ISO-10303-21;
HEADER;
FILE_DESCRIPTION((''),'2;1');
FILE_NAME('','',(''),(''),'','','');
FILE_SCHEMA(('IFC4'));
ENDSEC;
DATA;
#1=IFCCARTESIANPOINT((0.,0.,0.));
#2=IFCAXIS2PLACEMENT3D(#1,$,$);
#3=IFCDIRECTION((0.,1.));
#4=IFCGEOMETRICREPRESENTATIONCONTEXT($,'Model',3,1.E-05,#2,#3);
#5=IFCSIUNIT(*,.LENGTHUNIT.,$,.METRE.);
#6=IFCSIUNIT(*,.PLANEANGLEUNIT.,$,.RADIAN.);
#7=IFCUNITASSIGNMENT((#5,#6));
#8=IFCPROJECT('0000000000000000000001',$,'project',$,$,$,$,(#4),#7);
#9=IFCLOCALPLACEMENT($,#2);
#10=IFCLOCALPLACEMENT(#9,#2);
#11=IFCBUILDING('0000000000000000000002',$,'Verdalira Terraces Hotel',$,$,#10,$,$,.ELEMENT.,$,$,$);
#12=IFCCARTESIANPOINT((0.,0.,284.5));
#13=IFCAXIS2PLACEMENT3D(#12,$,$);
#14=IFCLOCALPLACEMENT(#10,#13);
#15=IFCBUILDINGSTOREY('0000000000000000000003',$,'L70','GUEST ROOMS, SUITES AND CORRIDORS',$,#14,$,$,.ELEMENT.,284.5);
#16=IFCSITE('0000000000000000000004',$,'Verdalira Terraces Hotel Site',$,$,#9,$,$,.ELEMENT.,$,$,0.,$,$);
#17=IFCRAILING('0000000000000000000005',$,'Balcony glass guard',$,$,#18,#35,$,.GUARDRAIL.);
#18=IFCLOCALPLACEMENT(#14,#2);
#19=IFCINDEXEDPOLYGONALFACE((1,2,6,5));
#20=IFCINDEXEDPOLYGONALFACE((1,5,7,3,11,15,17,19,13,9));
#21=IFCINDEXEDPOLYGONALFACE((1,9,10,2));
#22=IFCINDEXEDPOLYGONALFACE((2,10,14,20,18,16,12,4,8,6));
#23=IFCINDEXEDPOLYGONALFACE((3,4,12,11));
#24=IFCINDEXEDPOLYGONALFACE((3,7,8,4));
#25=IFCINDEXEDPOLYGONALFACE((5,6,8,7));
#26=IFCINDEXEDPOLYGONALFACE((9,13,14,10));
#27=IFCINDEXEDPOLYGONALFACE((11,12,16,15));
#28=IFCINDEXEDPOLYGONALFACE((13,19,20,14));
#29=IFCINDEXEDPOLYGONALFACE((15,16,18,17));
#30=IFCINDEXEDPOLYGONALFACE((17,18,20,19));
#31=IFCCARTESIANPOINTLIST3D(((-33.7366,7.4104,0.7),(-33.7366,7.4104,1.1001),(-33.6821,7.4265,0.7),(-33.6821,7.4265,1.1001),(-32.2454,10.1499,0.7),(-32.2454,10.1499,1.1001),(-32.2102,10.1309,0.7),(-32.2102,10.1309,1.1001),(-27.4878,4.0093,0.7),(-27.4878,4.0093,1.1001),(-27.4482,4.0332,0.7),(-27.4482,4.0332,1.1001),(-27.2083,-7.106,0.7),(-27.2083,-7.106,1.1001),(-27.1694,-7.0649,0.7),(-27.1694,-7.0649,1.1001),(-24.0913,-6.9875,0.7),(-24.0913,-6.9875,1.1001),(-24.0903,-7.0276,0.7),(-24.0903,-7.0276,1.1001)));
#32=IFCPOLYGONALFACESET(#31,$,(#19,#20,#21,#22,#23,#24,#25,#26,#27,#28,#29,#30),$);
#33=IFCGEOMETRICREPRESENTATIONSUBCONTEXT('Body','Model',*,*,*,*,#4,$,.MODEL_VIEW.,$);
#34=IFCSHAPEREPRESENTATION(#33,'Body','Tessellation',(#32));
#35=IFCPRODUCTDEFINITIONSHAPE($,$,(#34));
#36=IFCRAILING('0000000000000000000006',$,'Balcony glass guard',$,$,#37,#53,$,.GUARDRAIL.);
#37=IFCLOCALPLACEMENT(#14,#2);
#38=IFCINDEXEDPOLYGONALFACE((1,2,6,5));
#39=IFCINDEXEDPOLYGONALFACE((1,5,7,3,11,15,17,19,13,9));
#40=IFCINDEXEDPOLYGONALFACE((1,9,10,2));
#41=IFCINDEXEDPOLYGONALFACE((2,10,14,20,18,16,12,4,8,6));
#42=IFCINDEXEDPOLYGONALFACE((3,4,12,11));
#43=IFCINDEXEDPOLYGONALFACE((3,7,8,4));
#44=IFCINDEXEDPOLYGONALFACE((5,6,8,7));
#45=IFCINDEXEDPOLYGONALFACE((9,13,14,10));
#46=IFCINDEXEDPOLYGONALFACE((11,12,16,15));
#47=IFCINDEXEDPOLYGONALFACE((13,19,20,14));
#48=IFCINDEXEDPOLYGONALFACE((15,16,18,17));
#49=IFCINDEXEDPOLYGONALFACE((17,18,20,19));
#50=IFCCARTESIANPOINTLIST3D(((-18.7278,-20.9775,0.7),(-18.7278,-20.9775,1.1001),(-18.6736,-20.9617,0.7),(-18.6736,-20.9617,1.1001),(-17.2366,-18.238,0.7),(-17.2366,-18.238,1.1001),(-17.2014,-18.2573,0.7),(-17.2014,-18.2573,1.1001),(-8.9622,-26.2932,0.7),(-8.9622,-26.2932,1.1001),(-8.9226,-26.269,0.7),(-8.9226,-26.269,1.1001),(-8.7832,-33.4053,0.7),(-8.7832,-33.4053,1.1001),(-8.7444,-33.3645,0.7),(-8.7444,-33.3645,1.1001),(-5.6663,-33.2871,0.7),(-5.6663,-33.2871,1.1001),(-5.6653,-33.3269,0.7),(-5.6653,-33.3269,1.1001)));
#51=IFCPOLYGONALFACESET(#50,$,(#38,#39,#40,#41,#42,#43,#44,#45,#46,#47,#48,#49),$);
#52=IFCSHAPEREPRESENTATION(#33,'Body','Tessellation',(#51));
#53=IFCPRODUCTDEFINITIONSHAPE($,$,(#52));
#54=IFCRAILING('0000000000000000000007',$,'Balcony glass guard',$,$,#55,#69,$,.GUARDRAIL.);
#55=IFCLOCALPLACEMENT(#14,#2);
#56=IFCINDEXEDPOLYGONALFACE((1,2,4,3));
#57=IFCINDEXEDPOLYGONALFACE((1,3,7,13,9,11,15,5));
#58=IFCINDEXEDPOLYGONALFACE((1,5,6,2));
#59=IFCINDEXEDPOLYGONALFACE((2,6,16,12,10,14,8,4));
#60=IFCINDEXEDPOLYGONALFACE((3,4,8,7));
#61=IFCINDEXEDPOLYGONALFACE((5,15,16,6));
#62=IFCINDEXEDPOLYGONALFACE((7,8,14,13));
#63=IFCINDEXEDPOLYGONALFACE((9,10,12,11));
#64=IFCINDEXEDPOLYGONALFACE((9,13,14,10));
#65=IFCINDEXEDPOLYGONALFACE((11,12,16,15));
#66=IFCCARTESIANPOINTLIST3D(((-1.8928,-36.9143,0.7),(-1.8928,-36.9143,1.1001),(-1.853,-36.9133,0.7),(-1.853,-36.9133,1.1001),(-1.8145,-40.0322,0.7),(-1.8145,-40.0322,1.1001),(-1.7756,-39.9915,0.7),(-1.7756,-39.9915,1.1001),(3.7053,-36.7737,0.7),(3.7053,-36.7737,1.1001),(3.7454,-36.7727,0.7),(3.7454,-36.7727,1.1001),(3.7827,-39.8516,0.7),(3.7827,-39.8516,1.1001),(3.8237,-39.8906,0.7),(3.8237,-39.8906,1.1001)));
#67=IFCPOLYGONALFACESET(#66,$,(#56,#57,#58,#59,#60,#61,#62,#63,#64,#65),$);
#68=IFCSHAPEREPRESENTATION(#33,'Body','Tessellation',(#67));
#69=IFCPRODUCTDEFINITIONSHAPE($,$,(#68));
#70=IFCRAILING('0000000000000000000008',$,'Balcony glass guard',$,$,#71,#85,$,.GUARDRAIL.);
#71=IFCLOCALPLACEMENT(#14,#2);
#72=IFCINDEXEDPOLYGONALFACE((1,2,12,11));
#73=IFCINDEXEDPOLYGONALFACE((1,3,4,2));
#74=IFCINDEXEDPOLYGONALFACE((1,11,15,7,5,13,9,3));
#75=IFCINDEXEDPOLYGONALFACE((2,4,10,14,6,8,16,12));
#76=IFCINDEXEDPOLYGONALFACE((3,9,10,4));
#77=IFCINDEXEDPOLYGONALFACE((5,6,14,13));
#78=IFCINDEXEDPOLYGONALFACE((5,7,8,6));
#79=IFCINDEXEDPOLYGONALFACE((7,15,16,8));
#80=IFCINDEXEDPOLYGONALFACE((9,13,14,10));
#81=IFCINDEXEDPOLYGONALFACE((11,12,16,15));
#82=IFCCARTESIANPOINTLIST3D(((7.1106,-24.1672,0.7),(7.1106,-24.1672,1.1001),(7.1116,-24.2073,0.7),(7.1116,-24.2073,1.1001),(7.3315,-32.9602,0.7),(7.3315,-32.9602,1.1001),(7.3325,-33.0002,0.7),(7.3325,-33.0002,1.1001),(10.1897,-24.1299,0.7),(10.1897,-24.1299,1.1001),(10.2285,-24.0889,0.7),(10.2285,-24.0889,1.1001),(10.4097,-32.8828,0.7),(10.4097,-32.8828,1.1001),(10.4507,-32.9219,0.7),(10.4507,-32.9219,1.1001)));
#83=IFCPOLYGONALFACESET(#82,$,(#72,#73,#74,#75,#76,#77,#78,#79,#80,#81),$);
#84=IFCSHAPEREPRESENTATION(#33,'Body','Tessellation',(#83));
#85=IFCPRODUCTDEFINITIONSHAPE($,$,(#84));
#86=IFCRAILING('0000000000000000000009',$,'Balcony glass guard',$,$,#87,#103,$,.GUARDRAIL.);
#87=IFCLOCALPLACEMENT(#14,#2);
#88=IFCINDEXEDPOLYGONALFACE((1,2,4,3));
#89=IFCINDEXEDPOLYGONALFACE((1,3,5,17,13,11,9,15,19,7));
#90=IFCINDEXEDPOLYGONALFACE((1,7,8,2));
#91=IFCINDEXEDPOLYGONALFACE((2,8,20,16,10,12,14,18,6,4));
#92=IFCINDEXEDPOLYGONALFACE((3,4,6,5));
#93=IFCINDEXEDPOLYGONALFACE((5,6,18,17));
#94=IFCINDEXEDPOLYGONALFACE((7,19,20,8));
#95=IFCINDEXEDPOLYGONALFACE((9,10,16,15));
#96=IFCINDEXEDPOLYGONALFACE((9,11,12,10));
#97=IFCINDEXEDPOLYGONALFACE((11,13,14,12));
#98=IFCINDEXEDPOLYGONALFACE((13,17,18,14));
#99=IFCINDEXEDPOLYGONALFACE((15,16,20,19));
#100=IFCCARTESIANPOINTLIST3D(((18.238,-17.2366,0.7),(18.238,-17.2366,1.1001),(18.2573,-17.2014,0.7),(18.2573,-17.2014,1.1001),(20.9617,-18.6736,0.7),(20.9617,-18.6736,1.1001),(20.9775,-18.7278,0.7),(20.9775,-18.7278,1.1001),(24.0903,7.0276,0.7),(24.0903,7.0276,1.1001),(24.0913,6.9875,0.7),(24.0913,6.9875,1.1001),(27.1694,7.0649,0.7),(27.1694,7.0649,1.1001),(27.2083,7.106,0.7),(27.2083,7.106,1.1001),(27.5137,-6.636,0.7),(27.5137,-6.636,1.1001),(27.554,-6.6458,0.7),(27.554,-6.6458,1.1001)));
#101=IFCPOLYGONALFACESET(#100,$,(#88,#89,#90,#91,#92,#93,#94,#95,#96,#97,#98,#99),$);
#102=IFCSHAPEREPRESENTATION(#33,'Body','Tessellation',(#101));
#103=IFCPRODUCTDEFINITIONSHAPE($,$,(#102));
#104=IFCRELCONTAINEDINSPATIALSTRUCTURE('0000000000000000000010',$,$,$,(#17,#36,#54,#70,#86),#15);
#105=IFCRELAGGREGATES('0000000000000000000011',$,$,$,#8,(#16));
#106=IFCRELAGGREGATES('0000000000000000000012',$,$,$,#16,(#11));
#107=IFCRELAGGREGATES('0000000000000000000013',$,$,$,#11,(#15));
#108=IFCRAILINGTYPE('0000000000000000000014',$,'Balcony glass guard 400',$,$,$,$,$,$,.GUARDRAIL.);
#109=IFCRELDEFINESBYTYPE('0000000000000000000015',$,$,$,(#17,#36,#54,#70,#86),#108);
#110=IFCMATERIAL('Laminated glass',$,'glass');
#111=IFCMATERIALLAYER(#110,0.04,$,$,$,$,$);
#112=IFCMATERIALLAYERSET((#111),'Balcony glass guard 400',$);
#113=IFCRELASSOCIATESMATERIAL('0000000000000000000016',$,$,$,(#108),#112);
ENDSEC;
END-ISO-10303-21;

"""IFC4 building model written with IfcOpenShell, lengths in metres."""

from ifc_helpers import new_model, si_unit, direction, frame, origin, place, context, subcontext, project, spatial, polyline, outline, extrude, material, layer, layer_set, type_object, element, save


model = new_model("IFC4")

# Units and contexts
model_context = context("Model", 3, precision=1e-05, world=origin(), true_north=direction((0.0, 1.0)))
body_context = subcontext(model_context, "Body", "Model", "MODEL_VIEW")
ifc_project = project(units=[si_unit("LENGTHUNIT", "METRE"), si_unit("PLANEANGLEUNIT", "RADIAN")], contexts=[model_context])

# Site, building, storey
site_placement = place(None, origin())
site = spatial("IfcSite", under=ifc_project, at=site_placement, Name="Verdalira Terraces Hotel Site", CompositionType="ELEMENT", RefElevation=0.0)
building_placement = place(site_placement, origin())
building = spatial("IfcBuilding", under=site, at=building_placement, Name="Verdalira Terraces Hotel", CompositionType="ELEMENT")
storey_placement = place(building_placement, frame((0.0, 0.0, 284.5)))
storey = spatial("IfcBuildingStorey", under=building, at=storey_placement, Name="L70", Description="GUEST ROOMS, SUITES AND CORRIDORS", CompositionType="ELEMENT", Elevation=284.5)

# Railings
ifc_material_1 = material(Name="Laminated glass", Category="glass")
ifc_layer_1 = layer(ifc_material_1, 0.04)
ifc_layer_set_1 = layer_set([ifc_layer_1], Name="Balcony glass guard 400")
railing_type = type_object("IfcRailingType", Name="Balcony glass guard 400", PredefinedType="GUARDRAIL", material=ifc_layer_set_1)
railing_1_placement = place(storey_placement, frame((0.0, 0.0, 0.7)))
element("IfcRailing", 1, at=railing_1_placement, inside=storey, type_object=railing_type, Name="Balcony glass guard", PredefinedType="GUARDRAIL", context=body_context, shape_type="SweptSolid", body=[
    extrude(outline(polyline([(-33.6821, 7.4265), (-27.4482, 4.0332), (-27.1694, -7.0649), (-24.0913, -6.9875), (-24.0903, -7.0276), (-27.2083, -7.106), (-27.4878, 4.0093), (-33.7366, 7.4104), (-32.2454, 10.1499), (-32.2102, 10.1309), (-33.6821, 7.4265)])), origin(), (0.0, 0.0, 1.0), 0.4001),
])
railing_2_placement = place(storey_placement, frame((0.0, 0.0, 0.7)))
element("IfcRailing", 2, at=railing_2_placement, inside=storey, type_object=railing_type, Name="Balcony glass guard", PredefinedType="GUARDRAIL", context=body_context, shape_type="SweptSolid", body=[
    extrude(outline(polyline([(-18.6736, -20.9617), (-8.9226, -26.269), (-8.7444, -33.3645), (-5.6663, -33.2871), (-5.6653, -33.3269), (-8.7832, -33.4053), (-8.9622, -26.2932), (-18.7278, -20.9775), (-17.2366, -18.238), (-17.2014, -18.2573), (-18.6736, -20.9617)])), origin(), (0.0, 0.0, 1.0), 0.4001),
])
railing_3_placement = place(storey_placement, frame((0.0, 0.0, 0.7)))
element("IfcRailing", 3, at=railing_3_placement, inside=storey, type_object=railing_type, Name="Balcony glass guard", PredefinedType="GUARDRAIL", context=body_context, shape_type="SweptSolid", body=[
    extrude(outline(polyline([(-1.7756, -39.9915), (3.7827, -39.8516), (3.7053, -36.7737), (3.7454, -36.7727), (3.8237, -39.8906), (-1.8145, -40.0322), (-1.8928, -36.9143), (-1.853, -36.9133), (-1.7756, -39.9915)])), origin(), (0.0, 0.0, 1.0), 0.4001),
])
railing_4_placement = place(storey_placement, frame((0.0, 0.0, 0.7)))
element("IfcRailing", 4, at=railing_4_placement, inside=storey, type_object=railing_type, Name="Balcony glass guard", PredefinedType="GUARDRAIL", context=body_context, shape_type="SweptSolid", body=[
    extrude(outline(polyline([(10.4097, -32.8828), (10.1897, -24.1299), (7.1116, -24.2073), (7.1106, -24.1672), (10.2285, -24.0889), (10.4507, -32.9219), (7.3325, -33.0002), (7.3315, -32.9602), (10.4097, -32.8828)])), origin(), (0.0, 0.0, 1.0), 0.4001),
])
railing_5_placement = place(storey_placement, frame((0.0, 0.0, 0.7)))
element("IfcRailing", 5, at=railing_5_placement, inside=storey, type_object=railing_type, Name="Balcony glass guard", PredefinedType="GUARDRAIL", context=body_context, shape_type="SweptSolid", body=[
    extrude(outline(polyline([(20.9617, -18.6736), (27.5137, -6.636), (27.1694, 7.0649), (24.0913, 6.9875), (24.0903, 7.0276), (27.2083, 7.106), (27.554, -6.6458), (20.9775, -18.7278), (18.238, -17.2366), (18.2573, -17.2014), (20.9617, -18.6736)])), origin(), (0.0, 0.0, 1.0), 0.4001),
])

save(model, "model.ifc")
